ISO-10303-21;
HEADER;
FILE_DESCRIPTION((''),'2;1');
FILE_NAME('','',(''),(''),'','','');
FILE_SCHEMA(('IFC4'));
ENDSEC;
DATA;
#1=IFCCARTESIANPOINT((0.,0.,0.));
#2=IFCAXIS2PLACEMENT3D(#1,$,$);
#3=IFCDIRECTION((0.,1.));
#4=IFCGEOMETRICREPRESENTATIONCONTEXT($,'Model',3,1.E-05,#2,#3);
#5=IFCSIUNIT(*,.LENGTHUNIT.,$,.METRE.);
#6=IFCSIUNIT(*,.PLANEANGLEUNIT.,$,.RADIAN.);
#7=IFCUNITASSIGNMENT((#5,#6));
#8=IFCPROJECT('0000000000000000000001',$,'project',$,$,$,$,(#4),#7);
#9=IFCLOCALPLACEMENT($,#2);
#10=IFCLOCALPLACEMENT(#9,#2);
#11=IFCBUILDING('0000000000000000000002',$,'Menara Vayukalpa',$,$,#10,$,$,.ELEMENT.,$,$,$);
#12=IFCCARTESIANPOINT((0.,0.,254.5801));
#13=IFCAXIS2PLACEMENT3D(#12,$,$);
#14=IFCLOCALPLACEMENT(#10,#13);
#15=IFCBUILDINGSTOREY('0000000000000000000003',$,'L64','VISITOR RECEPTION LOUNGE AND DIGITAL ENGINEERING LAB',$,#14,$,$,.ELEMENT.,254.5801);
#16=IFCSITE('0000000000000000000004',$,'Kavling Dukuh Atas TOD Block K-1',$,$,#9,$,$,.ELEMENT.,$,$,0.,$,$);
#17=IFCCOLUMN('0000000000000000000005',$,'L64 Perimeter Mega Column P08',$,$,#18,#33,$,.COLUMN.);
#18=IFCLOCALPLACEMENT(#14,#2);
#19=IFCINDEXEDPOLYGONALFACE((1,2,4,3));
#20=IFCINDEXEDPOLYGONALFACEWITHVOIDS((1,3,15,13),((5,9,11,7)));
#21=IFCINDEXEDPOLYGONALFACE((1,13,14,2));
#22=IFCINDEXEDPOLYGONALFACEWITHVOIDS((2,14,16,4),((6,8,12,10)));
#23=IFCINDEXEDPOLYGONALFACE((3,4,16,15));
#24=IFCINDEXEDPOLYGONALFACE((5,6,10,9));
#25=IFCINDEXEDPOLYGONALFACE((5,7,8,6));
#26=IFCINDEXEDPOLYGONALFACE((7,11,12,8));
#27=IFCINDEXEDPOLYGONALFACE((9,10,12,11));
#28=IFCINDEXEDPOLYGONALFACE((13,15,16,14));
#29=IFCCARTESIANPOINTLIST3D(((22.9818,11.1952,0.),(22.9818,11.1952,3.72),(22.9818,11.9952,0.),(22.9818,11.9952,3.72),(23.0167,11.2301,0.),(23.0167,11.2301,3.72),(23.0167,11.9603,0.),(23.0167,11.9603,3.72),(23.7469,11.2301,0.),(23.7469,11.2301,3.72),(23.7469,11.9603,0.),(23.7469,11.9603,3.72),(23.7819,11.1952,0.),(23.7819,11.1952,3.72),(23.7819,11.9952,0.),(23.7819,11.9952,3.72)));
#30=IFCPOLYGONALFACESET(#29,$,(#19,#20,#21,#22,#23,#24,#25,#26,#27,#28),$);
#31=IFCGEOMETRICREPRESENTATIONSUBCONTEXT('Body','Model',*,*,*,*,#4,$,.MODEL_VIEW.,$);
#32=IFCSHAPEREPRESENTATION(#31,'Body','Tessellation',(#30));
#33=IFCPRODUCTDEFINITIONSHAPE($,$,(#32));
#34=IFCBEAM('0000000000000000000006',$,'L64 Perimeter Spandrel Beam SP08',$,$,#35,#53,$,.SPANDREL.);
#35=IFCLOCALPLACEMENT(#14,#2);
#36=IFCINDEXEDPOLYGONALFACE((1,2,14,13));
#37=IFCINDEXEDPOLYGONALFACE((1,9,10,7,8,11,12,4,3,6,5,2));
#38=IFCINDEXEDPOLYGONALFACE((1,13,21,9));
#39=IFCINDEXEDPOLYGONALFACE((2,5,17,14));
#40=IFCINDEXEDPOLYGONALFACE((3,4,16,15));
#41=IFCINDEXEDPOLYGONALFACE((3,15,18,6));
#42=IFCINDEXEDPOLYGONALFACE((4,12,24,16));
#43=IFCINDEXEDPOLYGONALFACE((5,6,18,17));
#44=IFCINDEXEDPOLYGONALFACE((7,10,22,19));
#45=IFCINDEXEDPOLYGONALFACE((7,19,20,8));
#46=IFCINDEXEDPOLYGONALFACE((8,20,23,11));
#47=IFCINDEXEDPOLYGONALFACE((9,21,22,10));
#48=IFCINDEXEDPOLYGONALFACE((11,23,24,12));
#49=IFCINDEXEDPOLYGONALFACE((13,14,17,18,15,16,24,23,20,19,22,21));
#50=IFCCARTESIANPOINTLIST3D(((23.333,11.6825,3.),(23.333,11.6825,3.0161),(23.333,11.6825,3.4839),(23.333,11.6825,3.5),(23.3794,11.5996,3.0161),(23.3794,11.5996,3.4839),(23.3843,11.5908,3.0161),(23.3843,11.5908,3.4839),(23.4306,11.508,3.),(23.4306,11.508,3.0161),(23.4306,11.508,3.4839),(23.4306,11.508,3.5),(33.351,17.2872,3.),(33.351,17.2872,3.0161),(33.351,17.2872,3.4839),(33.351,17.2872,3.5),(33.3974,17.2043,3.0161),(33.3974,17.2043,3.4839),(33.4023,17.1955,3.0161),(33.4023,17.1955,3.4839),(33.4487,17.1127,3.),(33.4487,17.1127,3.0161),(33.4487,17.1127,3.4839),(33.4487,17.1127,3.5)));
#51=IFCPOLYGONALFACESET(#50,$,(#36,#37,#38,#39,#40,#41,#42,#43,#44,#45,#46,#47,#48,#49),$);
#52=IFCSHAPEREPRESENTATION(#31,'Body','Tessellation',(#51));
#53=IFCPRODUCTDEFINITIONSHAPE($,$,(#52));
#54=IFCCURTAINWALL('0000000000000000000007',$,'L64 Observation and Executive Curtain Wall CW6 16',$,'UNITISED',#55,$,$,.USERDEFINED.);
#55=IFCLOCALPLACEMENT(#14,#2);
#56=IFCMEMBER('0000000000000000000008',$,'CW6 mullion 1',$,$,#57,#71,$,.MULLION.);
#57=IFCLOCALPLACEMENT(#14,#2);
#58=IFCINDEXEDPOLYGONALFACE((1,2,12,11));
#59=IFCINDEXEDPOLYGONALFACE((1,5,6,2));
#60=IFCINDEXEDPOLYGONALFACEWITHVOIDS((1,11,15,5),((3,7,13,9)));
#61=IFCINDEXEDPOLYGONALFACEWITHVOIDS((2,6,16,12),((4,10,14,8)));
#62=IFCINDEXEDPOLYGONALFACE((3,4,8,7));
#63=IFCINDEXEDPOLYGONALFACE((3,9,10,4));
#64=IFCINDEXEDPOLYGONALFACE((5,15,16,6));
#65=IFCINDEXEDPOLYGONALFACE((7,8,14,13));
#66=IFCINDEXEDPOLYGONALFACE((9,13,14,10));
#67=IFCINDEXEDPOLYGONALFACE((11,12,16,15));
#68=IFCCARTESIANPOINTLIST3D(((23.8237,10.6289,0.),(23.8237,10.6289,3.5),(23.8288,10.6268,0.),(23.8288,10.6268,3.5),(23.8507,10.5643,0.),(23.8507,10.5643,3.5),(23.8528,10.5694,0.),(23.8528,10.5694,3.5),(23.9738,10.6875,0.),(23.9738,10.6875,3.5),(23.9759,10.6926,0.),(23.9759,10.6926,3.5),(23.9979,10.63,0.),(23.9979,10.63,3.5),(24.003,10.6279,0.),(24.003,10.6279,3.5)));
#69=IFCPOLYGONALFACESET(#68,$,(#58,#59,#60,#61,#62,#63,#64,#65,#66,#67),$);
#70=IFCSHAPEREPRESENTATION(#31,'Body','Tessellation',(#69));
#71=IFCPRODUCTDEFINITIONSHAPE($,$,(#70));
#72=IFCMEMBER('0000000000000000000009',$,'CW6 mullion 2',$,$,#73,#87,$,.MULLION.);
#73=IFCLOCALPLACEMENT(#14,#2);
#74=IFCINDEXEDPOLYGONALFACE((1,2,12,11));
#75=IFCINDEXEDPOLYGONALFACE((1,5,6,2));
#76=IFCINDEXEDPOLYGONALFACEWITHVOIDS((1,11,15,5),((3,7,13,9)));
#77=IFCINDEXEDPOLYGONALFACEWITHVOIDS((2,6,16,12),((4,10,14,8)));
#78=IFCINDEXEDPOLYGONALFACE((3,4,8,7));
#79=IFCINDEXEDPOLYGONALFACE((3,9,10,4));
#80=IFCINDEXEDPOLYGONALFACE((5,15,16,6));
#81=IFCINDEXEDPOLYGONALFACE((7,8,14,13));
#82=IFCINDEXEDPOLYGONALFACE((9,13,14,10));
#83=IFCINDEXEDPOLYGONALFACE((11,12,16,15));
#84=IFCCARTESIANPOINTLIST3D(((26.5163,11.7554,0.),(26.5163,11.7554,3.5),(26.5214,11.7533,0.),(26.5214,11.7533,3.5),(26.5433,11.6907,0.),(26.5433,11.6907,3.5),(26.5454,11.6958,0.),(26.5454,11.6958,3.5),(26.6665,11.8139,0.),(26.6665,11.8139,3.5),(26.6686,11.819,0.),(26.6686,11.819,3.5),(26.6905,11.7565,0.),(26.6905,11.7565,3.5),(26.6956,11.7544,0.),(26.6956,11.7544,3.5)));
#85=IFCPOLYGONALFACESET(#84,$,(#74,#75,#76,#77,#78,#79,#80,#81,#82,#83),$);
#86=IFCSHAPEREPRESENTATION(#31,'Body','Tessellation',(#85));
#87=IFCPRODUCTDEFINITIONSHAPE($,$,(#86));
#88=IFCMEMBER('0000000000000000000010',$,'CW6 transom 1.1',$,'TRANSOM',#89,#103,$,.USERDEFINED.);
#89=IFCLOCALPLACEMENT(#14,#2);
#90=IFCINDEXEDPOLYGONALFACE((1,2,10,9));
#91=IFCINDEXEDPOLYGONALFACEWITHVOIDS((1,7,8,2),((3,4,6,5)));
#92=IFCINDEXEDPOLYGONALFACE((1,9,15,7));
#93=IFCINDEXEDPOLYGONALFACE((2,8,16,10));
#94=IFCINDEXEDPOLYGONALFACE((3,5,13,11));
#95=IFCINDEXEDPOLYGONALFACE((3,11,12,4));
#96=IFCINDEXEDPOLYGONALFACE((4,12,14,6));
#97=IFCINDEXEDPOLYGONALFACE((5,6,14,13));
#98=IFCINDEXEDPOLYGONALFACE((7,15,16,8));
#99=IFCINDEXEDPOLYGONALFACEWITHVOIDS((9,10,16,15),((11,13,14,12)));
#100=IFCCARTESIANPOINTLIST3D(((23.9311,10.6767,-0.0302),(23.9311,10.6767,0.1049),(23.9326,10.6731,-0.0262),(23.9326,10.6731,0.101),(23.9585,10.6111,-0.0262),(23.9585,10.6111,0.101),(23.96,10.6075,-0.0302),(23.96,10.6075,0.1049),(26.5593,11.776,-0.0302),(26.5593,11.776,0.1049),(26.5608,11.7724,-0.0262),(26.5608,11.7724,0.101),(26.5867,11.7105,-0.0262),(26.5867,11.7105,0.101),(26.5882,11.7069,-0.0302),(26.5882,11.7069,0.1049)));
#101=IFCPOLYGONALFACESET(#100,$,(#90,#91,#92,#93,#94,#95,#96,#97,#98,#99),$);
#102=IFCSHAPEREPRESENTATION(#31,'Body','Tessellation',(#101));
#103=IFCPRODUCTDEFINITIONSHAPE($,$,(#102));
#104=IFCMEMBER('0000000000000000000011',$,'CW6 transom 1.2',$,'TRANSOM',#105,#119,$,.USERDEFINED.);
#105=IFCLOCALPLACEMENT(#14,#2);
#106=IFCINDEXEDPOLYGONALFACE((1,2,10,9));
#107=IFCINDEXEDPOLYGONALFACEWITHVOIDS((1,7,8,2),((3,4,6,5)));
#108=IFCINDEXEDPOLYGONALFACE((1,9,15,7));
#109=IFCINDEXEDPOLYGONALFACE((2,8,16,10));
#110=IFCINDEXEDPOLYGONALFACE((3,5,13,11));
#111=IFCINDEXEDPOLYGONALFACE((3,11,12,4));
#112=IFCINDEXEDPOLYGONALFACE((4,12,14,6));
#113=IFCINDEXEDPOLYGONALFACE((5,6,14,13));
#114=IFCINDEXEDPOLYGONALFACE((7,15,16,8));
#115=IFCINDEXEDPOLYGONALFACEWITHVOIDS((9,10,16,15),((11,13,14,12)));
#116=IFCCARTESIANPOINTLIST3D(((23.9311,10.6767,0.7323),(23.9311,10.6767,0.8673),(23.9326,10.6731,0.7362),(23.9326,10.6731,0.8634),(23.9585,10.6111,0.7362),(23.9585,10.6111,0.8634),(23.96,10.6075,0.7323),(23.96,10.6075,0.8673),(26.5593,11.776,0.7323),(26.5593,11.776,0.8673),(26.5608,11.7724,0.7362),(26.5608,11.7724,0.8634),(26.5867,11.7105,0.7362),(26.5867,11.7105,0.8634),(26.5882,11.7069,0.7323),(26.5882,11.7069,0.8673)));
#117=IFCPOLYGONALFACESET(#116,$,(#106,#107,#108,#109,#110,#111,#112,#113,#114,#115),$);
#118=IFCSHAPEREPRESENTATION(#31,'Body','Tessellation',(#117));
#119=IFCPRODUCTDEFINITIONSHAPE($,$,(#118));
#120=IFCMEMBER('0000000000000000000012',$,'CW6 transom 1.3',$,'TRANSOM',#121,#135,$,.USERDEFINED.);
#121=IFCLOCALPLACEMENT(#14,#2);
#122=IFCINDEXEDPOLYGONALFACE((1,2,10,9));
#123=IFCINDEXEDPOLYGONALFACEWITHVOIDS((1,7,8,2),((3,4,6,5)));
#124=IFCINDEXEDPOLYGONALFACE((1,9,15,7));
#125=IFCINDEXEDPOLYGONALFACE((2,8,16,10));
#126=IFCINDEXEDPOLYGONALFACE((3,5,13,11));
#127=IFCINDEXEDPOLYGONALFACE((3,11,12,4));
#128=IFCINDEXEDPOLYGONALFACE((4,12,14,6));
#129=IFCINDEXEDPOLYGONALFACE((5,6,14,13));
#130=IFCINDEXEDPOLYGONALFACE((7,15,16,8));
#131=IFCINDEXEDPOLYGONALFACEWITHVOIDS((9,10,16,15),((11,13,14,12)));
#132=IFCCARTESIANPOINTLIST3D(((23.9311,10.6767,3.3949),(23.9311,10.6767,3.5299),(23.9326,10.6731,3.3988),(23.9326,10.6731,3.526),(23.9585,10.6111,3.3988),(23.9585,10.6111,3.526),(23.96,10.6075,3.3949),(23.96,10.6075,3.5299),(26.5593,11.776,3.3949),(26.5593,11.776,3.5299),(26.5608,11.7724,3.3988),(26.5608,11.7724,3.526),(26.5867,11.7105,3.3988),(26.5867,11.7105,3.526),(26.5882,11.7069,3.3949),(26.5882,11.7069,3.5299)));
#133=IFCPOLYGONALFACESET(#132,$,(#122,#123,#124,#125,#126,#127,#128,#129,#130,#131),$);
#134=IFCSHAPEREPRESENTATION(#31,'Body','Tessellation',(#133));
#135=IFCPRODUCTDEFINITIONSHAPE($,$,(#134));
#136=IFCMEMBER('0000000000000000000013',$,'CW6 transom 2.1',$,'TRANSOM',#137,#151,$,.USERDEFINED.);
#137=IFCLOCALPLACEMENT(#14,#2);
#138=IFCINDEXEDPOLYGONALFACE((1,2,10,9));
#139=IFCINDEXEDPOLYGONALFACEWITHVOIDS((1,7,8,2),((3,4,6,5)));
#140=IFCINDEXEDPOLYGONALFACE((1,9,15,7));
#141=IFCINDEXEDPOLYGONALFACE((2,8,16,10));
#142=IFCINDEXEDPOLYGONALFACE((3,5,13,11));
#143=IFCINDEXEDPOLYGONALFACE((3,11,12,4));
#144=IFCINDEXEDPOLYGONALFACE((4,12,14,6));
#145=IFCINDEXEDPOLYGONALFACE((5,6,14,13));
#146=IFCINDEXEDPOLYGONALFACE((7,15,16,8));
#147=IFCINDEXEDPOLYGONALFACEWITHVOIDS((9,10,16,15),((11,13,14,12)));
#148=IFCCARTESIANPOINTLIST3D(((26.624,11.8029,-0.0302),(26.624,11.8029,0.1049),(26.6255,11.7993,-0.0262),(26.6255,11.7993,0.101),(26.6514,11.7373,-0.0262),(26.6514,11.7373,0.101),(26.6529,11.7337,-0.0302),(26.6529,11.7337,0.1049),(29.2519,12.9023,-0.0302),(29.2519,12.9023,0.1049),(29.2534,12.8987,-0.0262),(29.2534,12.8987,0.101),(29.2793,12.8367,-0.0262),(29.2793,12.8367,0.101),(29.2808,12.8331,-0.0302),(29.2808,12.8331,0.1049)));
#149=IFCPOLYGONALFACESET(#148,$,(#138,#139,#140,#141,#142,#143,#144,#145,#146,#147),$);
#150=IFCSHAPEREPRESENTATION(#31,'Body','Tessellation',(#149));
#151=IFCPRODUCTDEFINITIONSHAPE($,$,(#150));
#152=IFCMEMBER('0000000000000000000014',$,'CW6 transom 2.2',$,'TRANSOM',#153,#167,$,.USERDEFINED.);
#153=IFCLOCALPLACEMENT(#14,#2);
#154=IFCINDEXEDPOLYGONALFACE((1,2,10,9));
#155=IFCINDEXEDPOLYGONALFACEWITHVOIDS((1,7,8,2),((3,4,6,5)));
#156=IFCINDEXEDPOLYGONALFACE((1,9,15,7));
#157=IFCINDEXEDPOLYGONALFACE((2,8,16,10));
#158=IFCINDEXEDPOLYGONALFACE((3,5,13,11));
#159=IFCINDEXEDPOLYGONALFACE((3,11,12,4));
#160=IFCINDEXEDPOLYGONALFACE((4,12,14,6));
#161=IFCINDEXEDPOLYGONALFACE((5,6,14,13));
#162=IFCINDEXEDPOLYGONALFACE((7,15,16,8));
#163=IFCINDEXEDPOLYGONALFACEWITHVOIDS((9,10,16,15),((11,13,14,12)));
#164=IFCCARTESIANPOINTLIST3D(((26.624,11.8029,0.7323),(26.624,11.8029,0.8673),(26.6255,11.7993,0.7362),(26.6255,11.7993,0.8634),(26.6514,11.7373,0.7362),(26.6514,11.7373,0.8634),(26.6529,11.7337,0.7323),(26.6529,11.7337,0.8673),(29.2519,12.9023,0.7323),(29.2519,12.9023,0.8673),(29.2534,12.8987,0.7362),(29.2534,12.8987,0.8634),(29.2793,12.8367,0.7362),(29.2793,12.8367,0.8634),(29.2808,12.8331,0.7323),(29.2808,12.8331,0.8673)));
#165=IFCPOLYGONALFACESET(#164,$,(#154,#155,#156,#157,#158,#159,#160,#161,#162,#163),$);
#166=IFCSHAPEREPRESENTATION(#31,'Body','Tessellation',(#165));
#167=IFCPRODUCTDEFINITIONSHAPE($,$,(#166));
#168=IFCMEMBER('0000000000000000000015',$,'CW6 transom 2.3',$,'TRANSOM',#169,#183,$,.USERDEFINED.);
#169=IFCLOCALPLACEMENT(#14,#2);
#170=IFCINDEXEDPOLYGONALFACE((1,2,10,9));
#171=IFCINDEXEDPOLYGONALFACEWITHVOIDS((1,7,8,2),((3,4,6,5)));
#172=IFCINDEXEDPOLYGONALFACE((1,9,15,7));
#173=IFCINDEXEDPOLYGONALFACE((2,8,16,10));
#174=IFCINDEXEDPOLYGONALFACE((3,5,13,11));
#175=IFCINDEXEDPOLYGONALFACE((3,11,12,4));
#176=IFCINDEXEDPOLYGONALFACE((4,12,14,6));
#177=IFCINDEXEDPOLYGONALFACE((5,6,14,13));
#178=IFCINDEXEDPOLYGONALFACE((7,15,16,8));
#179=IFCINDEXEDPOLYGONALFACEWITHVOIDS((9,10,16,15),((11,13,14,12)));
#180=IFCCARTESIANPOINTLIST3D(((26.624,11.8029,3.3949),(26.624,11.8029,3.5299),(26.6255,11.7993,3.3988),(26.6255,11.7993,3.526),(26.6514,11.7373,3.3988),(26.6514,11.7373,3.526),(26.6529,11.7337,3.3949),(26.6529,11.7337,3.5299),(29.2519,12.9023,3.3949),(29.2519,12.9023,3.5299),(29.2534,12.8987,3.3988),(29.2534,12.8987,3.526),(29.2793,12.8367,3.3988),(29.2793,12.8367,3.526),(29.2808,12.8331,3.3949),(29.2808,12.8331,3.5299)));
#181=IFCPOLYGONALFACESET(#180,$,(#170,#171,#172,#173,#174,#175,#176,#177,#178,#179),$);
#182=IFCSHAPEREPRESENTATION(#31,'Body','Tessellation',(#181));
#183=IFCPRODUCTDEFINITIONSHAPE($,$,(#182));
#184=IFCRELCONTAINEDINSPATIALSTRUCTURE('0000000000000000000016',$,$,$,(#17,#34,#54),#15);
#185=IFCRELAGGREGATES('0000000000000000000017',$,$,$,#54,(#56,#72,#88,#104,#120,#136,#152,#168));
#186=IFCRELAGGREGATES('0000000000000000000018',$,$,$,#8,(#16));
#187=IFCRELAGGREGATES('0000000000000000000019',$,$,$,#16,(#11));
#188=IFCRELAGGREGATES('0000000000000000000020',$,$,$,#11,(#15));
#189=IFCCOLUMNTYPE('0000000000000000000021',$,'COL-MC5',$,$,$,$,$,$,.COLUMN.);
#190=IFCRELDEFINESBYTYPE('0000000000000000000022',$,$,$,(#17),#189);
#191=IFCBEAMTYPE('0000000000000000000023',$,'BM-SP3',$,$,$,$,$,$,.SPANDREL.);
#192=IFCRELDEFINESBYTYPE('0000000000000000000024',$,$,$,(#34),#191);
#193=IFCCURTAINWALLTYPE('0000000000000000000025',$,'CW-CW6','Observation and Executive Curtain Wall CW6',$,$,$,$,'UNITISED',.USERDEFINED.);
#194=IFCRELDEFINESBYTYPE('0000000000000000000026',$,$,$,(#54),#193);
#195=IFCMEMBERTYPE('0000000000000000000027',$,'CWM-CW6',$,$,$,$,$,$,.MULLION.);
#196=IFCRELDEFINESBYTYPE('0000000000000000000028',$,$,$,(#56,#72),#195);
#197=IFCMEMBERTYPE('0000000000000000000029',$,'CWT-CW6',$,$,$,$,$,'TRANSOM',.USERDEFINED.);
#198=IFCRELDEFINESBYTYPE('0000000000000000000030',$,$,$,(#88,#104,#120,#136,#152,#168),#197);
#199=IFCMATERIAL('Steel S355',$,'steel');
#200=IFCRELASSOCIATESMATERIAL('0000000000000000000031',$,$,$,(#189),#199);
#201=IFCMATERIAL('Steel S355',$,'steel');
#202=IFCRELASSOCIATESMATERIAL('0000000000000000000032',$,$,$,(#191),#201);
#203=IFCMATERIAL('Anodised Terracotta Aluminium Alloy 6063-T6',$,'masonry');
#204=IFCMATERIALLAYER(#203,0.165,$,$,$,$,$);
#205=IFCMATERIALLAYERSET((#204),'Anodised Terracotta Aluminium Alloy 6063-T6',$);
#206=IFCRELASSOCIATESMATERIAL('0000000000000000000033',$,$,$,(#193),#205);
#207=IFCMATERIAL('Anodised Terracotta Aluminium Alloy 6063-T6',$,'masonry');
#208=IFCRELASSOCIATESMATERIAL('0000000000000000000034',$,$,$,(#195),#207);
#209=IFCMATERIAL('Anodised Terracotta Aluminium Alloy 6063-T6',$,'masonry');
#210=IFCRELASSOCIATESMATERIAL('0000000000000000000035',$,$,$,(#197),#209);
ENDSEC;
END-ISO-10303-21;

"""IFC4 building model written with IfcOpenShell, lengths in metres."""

from ifc_helpers import new_model, si_unit, direction, frame, origin, origin_2d, place, context, subcontext, project, spatial, hollow_rectangle, i_section, extrude, material, layer, layer_set, material_profile, profile_set, type_object, element, aggregate, save


model = new_model("IFC4")

# Units and contexts
model_context = context("Model", 3, precision=1e-05, world=origin(), true_north=direction((0.0, 1.0)))
body_context = subcontext(model_context, "Body", "Model", "MODEL_VIEW")
ifc_project = project(units=[si_unit("LENGTHUNIT", "METRE"), si_unit("PLANEANGLEUNIT", "RADIAN")], contexts=[model_context])

# Site, building, storey
site_placement = place(None, origin())
site = spatial("IfcSite", under=ifc_project, at=site_placement, Name="Kavling Dukuh Atas TOD Block K-1", CompositionType="ELEMENT", RefElevation=0.0)
building_placement = place(site_placement, origin())
building = spatial("IfcBuilding", under=site, at=building_placement, Name="Menara Vayukalpa", CompositionType="ELEMENT")
storey_placement = place(building_placement, frame((0.0, 0.0, 254.5801)))
storey = spatial("IfcBuildingStorey", under=building, at=storey_placement, Name="L64", Description="VISITOR RECEPTION LOUNGE AND DIGITAL ENGINEERING LAB", CompositionType="ELEMENT", Elevation=254.5801)

# Column
ifc_material_1 = material(Name="Steel S355", Category="steel")
ifc_material_profile_1 = material_profile(ifc_material_1, hollow_rectangle(XDim=0.8, YDim=0.8, WallThickness=0.0349, at=origin_2d()), Name="BOX 800x800x35")
ifc_profile_set_1 = profile_set([ifc_material_profile_1], Name="Steel S355")
column_type = type_object("IfcColumnType", Name="COL-MC5", PredefinedType="COLUMN", material=ifc_profile_set_1)
column_placement = place(storey_placement, frame((23.3818, 11.5952, 0.0), z_axis=(0.0, 0.0, 1.0), x_axis=(1.0, 0.0, 0.0)))
element("IfcColumn", 1, at=column_placement, inside=storey, type_object=column_type, Name="L64 Perimeter Mega Column P08", PredefinedType="COLUMN", context=body_context, shape_type="SweptSolid", body=[
    extrude(hollow_rectangle(XDim=0.8, YDim=0.8, WallThickness=0.0349, at=origin_2d()), origin(), (0.0, 0.0, 1.0), 3.72),
])

# Beam
ifc_material_2 = material(Name="Steel S355", Category="steel")
ifc_material_profile_2 = material_profile(ifc_material_2, i_section(OverallWidth=0.2, OverallDepth=0.5, WebThickness=0.01, FlangeThickness=0.0161, at=origin_2d()), Name="WF 500x200x10x16")
ifc_profile_set_2 = profile_set([ifc_material_profile_2], Name="Steel S355")
beam_type = type_object("IfcBeamType", Name="BM-SP3", PredefinedType="SPANDREL", material=ifc_profile_set_2)
beam_placement = place(storey_placement, frame((23.3818, 11.5952, 3.25), z_axis=(0.872706, 0.488246, 0.0), x_axis=(-0.488246, 0.872706, 0.0)))
element("IfcBeam", 2, at=beam_placement, inside=storey, type_object=beam_type, Name="L64 Perimeter Spandrel Beam SP08", PredefinedType="SPANDREL", context=body_context, shape_type="SweptSolid", body=[
    extrude(i_section(OverallWidth=0.2, OverallDepth=0.5, WebThickness=0.01, FlangeThickness=0.0161, at=origin_2d()), origin(), (0.0, 0.0, 1.0), 11.4792),
])

# Curtain wall, members
ifc_material_3 = material(Name="Anodised Terracotta Aluminium Alloy 6063-T6", Category="masonry")
ifc_layer_1 = layer(ifc_material_3, 0.165)
ifc_layer_set_1 = layer_set([ifc_layer_1], Name="Anodised Terracotta Aluminium Alloy 6063-T6")
curtain_wall_type = type_object("IfcCurtainWallType", Name="CW-CW6", Description="Observation and Executive Curtain Wall CW6", ElementType="UNITISED", PredefinedType="USERDEFINED", material=ifc_layer_set_1)
curtain_wall_placement = place(storey_placement, origin())
curtain_wall = element("IfcCurtainWall", 3, at=curtain_wall_placement, inside=storey, type_object=curtain_wall_type, Name="L64 Observation and Executive Curtain Wall CW6 16", ObjectType="UNITISED", PredefinedType="USERDEFINED")
ifc_material_4 = material(Name="Anodised Terracotta Aluminium Alloy 6063-T6", Category="masonry")
ifc_material_profile_3 = material_profile(ifc_material_4, hollow_rectangle(XDim=0.0701, YDim=0.165, WallThickness=0.0039, at=origin_2d()), Name="ALU 70x165x4")
ifc_profile_set_3 = profile_set([ifc_material_profile_3], Name="Anodised Terracotta Aluminium Alloy 6063-T6")
member_type_1 = type_object("IfcMemberType", Name="CWM-CW6", PredefinedType="MULLION", material=ifc_profile_set_3)
member_1_placement = place(storey_placement, frame((23.9133, 10.6284, 0.0), z_axis=(0.0, 0.0, 1.0), x_axis=(-0.3859, 0.922541, 0.0)))
member_1 = element("IfcMember", 4, at=member_1_placement, type_object=member_type_1, Name="CW6 mullion 1", PredefinedType="MULLION", context=body_context, shape_type="SweptSolid", body=[
    extrude(hollow_rectangle(XDim=0.0701, YDim=0.165, WallThickness=0.0039, at=origin_2d()), origin(), (0.0, 0.0, 1.0), 3.5),
])
member_2_placement = place(storey_placement, frame((26.606, 11.7549, 0.0), z_axis=(0.0, 0.0, 1.0), x_axis=(-0.3859, 0.922541, 0.0)))
member_2 = element("IfcMember", 5, at=member_2_placement, type_object=member_type_1, Name="CW6 mullion 2", PredefinedType="MULLION", context=body_context, shape_type="SweptSolid", body=[
    extrude(hollow_rectangle(XDim=0.0701, YDim=0.165, WallThickness=0.0039, at=origin_2d()), origin(), (0.0, 0.0, 1.0), 3.5),
])
ifc_material_5 = material(Name="Anodised Terracotta Aluminium Alloy 6063-T6", Category="masonry")
ifc_material_profile_4 = material_profile(ifc_material_5, hollow_rectangle(XDim=0.075, YDim=0.135, WallThickness=0.0039, at=origin_2d()), Name="ALU 75x135x4")
ifc_profile_set_4 = profile_set([ifc_material_profile_4], Name="Anodised Terracotta Aluminium Alloy 6063-T6")
member_type_2 = type_object("IfcMemberType", Name="CWT-CW6", ElementType="TRANSOM", PredefinedType="USERDEFINED", material=ifc_profile_set_4)
member_3_placement = place(storey_placement, frame((23.9456, 10.6421, 0.0374), z_axis=(0.922541, 0.385899, 0.0), x_axis=(-0.385899, 0.922541, 0.0)))
member_3 = element("IfcMember", 6, at=member_3_placement, type_object=member_type_2, Name="CW6 transom 1.1", ObjectType="TRANSOM", PredefinedType="USERDEFINED", context=body_context, shape_type="SweptSolid", body=[
    extrude(hollow_rectangle(XDim=0.075, YDim=0.135, WallThickness=0.0039, at=origin_2d()), origin(), (0.0, 0.0, 1.0), 2.8489),
])
member_4_placement = place(storey_placement, frame((23.9456, 10.6421, 0.7998), z_axis=(0.922541, 0.385899, 0.0), x_axis=(-0.385899, 0.922541, 0.0)))
member_4 = element("IfcMember", 7, at=member_4_placement, type_object=member_type_2, Name="CW6 transom 1.2", ObjectType="TRANSOM", PredefinedType="USERDEFINED", context=body_context, shape_type="SweptSolid", body=[
    extrude(hollow_rectangle(XDim=0.075, YDim=0.135, WallThickness=0.0039, at=origin_2d()), origin(), (0.0, 0.0, 1.0), 2.8489),
])
member_5_placement = place(storey_placement, frame((23.9456, 10.6421, 3.4624), z_axis=(0.922541, 0.385899, 0.0), x_axis=(-0.385899, 0.922541, 0.0)))
member_5 = element("IfcMember", 8, at=member_5_placement, type_object=member_type_2, Name="CW6 transom 1.3", ObjectType="TRANSOM", PredefinedType="USERDEFINED", context=body_context, shape_type="SweptSolid", body=[
    extrude(hollow_rectangle(XDim=0.075, YDim=0.135, WallThickness=0.0039, at=origin_2d()), origin(), (0.0, 0.0, 1.0), 2.8489),
])
member_6_placement = place(storey_placement, frame((26.6384, 11.7683, 0.0374), z_axis=(0.922528, 0.385929, 0.0), x_axis=(-0.385929, 0.922528, 0.0)))
member_6 = element("IfcMember", 9, at=member_6_placement, type_object=member_type_2, Name="CW6 transom 2.1", ObjectType="TRANSOM", PredefinedType="USERDEFINED", context=body_context, shape_type="SweptSolid", body=[
    extrude(hollow_rectangle(XDim=0.075, YDim=0.135, WallThickness=0.0039, at=origin_2d()), origin(), (0.0, 0.0, 1.0), 2.8486),
])
member_7_placement = place(storey_placement, frame((26.6384, 11.7683, 0.7998), z_axis=(0.922528, 0.385929, 0.0), x_axis=(-0.385929, 0.922528, 0.0)))
member_7 = element("IfcMember", 10, at=member_7_placement, type_object=member_type_2, Name="CW6 transom 2.2", ObjectType="TRANSOM", PredefinedType="USERDEFINED", context=body_context, shape_type="SweptSolid", body=[
    extrude(hollow_rectangle(XDim=0.075, YDim=0.135, WallThickness=0.0039, at=origin_2d()), origin(), (0.0, 0.0, 1.0), 2.8486),
])
member_8_placement = place(storey_placement, frame((26.6384, 11.7683, 3.4624), z_axis=(0.922528, 0.385929, 0.0), x_axis=(-0.385929, 0.922528, 0.0)))
member_8 = element("IfcMember", 11, at=member_8_placement, type_object=member_type_2, Name="CW6 transom 2.3", ObjectType="TRANSOM", PredefinedType="USERDEFINED", context=body_context, shape_type="SweptSolid", body=[
    extrude(hollow_rectangle(XDim=0.075, YDim=0.135, WallThickness=0.0039, at=origin_2d()), origin(), (0.0, 0.0, 1.0), 2.8486),
])
aggregate(curtain_wall, [member_1, member_2, member_3, member_4, member_5, member_6, member_7, member_8])

save(model, "model.ifc")
